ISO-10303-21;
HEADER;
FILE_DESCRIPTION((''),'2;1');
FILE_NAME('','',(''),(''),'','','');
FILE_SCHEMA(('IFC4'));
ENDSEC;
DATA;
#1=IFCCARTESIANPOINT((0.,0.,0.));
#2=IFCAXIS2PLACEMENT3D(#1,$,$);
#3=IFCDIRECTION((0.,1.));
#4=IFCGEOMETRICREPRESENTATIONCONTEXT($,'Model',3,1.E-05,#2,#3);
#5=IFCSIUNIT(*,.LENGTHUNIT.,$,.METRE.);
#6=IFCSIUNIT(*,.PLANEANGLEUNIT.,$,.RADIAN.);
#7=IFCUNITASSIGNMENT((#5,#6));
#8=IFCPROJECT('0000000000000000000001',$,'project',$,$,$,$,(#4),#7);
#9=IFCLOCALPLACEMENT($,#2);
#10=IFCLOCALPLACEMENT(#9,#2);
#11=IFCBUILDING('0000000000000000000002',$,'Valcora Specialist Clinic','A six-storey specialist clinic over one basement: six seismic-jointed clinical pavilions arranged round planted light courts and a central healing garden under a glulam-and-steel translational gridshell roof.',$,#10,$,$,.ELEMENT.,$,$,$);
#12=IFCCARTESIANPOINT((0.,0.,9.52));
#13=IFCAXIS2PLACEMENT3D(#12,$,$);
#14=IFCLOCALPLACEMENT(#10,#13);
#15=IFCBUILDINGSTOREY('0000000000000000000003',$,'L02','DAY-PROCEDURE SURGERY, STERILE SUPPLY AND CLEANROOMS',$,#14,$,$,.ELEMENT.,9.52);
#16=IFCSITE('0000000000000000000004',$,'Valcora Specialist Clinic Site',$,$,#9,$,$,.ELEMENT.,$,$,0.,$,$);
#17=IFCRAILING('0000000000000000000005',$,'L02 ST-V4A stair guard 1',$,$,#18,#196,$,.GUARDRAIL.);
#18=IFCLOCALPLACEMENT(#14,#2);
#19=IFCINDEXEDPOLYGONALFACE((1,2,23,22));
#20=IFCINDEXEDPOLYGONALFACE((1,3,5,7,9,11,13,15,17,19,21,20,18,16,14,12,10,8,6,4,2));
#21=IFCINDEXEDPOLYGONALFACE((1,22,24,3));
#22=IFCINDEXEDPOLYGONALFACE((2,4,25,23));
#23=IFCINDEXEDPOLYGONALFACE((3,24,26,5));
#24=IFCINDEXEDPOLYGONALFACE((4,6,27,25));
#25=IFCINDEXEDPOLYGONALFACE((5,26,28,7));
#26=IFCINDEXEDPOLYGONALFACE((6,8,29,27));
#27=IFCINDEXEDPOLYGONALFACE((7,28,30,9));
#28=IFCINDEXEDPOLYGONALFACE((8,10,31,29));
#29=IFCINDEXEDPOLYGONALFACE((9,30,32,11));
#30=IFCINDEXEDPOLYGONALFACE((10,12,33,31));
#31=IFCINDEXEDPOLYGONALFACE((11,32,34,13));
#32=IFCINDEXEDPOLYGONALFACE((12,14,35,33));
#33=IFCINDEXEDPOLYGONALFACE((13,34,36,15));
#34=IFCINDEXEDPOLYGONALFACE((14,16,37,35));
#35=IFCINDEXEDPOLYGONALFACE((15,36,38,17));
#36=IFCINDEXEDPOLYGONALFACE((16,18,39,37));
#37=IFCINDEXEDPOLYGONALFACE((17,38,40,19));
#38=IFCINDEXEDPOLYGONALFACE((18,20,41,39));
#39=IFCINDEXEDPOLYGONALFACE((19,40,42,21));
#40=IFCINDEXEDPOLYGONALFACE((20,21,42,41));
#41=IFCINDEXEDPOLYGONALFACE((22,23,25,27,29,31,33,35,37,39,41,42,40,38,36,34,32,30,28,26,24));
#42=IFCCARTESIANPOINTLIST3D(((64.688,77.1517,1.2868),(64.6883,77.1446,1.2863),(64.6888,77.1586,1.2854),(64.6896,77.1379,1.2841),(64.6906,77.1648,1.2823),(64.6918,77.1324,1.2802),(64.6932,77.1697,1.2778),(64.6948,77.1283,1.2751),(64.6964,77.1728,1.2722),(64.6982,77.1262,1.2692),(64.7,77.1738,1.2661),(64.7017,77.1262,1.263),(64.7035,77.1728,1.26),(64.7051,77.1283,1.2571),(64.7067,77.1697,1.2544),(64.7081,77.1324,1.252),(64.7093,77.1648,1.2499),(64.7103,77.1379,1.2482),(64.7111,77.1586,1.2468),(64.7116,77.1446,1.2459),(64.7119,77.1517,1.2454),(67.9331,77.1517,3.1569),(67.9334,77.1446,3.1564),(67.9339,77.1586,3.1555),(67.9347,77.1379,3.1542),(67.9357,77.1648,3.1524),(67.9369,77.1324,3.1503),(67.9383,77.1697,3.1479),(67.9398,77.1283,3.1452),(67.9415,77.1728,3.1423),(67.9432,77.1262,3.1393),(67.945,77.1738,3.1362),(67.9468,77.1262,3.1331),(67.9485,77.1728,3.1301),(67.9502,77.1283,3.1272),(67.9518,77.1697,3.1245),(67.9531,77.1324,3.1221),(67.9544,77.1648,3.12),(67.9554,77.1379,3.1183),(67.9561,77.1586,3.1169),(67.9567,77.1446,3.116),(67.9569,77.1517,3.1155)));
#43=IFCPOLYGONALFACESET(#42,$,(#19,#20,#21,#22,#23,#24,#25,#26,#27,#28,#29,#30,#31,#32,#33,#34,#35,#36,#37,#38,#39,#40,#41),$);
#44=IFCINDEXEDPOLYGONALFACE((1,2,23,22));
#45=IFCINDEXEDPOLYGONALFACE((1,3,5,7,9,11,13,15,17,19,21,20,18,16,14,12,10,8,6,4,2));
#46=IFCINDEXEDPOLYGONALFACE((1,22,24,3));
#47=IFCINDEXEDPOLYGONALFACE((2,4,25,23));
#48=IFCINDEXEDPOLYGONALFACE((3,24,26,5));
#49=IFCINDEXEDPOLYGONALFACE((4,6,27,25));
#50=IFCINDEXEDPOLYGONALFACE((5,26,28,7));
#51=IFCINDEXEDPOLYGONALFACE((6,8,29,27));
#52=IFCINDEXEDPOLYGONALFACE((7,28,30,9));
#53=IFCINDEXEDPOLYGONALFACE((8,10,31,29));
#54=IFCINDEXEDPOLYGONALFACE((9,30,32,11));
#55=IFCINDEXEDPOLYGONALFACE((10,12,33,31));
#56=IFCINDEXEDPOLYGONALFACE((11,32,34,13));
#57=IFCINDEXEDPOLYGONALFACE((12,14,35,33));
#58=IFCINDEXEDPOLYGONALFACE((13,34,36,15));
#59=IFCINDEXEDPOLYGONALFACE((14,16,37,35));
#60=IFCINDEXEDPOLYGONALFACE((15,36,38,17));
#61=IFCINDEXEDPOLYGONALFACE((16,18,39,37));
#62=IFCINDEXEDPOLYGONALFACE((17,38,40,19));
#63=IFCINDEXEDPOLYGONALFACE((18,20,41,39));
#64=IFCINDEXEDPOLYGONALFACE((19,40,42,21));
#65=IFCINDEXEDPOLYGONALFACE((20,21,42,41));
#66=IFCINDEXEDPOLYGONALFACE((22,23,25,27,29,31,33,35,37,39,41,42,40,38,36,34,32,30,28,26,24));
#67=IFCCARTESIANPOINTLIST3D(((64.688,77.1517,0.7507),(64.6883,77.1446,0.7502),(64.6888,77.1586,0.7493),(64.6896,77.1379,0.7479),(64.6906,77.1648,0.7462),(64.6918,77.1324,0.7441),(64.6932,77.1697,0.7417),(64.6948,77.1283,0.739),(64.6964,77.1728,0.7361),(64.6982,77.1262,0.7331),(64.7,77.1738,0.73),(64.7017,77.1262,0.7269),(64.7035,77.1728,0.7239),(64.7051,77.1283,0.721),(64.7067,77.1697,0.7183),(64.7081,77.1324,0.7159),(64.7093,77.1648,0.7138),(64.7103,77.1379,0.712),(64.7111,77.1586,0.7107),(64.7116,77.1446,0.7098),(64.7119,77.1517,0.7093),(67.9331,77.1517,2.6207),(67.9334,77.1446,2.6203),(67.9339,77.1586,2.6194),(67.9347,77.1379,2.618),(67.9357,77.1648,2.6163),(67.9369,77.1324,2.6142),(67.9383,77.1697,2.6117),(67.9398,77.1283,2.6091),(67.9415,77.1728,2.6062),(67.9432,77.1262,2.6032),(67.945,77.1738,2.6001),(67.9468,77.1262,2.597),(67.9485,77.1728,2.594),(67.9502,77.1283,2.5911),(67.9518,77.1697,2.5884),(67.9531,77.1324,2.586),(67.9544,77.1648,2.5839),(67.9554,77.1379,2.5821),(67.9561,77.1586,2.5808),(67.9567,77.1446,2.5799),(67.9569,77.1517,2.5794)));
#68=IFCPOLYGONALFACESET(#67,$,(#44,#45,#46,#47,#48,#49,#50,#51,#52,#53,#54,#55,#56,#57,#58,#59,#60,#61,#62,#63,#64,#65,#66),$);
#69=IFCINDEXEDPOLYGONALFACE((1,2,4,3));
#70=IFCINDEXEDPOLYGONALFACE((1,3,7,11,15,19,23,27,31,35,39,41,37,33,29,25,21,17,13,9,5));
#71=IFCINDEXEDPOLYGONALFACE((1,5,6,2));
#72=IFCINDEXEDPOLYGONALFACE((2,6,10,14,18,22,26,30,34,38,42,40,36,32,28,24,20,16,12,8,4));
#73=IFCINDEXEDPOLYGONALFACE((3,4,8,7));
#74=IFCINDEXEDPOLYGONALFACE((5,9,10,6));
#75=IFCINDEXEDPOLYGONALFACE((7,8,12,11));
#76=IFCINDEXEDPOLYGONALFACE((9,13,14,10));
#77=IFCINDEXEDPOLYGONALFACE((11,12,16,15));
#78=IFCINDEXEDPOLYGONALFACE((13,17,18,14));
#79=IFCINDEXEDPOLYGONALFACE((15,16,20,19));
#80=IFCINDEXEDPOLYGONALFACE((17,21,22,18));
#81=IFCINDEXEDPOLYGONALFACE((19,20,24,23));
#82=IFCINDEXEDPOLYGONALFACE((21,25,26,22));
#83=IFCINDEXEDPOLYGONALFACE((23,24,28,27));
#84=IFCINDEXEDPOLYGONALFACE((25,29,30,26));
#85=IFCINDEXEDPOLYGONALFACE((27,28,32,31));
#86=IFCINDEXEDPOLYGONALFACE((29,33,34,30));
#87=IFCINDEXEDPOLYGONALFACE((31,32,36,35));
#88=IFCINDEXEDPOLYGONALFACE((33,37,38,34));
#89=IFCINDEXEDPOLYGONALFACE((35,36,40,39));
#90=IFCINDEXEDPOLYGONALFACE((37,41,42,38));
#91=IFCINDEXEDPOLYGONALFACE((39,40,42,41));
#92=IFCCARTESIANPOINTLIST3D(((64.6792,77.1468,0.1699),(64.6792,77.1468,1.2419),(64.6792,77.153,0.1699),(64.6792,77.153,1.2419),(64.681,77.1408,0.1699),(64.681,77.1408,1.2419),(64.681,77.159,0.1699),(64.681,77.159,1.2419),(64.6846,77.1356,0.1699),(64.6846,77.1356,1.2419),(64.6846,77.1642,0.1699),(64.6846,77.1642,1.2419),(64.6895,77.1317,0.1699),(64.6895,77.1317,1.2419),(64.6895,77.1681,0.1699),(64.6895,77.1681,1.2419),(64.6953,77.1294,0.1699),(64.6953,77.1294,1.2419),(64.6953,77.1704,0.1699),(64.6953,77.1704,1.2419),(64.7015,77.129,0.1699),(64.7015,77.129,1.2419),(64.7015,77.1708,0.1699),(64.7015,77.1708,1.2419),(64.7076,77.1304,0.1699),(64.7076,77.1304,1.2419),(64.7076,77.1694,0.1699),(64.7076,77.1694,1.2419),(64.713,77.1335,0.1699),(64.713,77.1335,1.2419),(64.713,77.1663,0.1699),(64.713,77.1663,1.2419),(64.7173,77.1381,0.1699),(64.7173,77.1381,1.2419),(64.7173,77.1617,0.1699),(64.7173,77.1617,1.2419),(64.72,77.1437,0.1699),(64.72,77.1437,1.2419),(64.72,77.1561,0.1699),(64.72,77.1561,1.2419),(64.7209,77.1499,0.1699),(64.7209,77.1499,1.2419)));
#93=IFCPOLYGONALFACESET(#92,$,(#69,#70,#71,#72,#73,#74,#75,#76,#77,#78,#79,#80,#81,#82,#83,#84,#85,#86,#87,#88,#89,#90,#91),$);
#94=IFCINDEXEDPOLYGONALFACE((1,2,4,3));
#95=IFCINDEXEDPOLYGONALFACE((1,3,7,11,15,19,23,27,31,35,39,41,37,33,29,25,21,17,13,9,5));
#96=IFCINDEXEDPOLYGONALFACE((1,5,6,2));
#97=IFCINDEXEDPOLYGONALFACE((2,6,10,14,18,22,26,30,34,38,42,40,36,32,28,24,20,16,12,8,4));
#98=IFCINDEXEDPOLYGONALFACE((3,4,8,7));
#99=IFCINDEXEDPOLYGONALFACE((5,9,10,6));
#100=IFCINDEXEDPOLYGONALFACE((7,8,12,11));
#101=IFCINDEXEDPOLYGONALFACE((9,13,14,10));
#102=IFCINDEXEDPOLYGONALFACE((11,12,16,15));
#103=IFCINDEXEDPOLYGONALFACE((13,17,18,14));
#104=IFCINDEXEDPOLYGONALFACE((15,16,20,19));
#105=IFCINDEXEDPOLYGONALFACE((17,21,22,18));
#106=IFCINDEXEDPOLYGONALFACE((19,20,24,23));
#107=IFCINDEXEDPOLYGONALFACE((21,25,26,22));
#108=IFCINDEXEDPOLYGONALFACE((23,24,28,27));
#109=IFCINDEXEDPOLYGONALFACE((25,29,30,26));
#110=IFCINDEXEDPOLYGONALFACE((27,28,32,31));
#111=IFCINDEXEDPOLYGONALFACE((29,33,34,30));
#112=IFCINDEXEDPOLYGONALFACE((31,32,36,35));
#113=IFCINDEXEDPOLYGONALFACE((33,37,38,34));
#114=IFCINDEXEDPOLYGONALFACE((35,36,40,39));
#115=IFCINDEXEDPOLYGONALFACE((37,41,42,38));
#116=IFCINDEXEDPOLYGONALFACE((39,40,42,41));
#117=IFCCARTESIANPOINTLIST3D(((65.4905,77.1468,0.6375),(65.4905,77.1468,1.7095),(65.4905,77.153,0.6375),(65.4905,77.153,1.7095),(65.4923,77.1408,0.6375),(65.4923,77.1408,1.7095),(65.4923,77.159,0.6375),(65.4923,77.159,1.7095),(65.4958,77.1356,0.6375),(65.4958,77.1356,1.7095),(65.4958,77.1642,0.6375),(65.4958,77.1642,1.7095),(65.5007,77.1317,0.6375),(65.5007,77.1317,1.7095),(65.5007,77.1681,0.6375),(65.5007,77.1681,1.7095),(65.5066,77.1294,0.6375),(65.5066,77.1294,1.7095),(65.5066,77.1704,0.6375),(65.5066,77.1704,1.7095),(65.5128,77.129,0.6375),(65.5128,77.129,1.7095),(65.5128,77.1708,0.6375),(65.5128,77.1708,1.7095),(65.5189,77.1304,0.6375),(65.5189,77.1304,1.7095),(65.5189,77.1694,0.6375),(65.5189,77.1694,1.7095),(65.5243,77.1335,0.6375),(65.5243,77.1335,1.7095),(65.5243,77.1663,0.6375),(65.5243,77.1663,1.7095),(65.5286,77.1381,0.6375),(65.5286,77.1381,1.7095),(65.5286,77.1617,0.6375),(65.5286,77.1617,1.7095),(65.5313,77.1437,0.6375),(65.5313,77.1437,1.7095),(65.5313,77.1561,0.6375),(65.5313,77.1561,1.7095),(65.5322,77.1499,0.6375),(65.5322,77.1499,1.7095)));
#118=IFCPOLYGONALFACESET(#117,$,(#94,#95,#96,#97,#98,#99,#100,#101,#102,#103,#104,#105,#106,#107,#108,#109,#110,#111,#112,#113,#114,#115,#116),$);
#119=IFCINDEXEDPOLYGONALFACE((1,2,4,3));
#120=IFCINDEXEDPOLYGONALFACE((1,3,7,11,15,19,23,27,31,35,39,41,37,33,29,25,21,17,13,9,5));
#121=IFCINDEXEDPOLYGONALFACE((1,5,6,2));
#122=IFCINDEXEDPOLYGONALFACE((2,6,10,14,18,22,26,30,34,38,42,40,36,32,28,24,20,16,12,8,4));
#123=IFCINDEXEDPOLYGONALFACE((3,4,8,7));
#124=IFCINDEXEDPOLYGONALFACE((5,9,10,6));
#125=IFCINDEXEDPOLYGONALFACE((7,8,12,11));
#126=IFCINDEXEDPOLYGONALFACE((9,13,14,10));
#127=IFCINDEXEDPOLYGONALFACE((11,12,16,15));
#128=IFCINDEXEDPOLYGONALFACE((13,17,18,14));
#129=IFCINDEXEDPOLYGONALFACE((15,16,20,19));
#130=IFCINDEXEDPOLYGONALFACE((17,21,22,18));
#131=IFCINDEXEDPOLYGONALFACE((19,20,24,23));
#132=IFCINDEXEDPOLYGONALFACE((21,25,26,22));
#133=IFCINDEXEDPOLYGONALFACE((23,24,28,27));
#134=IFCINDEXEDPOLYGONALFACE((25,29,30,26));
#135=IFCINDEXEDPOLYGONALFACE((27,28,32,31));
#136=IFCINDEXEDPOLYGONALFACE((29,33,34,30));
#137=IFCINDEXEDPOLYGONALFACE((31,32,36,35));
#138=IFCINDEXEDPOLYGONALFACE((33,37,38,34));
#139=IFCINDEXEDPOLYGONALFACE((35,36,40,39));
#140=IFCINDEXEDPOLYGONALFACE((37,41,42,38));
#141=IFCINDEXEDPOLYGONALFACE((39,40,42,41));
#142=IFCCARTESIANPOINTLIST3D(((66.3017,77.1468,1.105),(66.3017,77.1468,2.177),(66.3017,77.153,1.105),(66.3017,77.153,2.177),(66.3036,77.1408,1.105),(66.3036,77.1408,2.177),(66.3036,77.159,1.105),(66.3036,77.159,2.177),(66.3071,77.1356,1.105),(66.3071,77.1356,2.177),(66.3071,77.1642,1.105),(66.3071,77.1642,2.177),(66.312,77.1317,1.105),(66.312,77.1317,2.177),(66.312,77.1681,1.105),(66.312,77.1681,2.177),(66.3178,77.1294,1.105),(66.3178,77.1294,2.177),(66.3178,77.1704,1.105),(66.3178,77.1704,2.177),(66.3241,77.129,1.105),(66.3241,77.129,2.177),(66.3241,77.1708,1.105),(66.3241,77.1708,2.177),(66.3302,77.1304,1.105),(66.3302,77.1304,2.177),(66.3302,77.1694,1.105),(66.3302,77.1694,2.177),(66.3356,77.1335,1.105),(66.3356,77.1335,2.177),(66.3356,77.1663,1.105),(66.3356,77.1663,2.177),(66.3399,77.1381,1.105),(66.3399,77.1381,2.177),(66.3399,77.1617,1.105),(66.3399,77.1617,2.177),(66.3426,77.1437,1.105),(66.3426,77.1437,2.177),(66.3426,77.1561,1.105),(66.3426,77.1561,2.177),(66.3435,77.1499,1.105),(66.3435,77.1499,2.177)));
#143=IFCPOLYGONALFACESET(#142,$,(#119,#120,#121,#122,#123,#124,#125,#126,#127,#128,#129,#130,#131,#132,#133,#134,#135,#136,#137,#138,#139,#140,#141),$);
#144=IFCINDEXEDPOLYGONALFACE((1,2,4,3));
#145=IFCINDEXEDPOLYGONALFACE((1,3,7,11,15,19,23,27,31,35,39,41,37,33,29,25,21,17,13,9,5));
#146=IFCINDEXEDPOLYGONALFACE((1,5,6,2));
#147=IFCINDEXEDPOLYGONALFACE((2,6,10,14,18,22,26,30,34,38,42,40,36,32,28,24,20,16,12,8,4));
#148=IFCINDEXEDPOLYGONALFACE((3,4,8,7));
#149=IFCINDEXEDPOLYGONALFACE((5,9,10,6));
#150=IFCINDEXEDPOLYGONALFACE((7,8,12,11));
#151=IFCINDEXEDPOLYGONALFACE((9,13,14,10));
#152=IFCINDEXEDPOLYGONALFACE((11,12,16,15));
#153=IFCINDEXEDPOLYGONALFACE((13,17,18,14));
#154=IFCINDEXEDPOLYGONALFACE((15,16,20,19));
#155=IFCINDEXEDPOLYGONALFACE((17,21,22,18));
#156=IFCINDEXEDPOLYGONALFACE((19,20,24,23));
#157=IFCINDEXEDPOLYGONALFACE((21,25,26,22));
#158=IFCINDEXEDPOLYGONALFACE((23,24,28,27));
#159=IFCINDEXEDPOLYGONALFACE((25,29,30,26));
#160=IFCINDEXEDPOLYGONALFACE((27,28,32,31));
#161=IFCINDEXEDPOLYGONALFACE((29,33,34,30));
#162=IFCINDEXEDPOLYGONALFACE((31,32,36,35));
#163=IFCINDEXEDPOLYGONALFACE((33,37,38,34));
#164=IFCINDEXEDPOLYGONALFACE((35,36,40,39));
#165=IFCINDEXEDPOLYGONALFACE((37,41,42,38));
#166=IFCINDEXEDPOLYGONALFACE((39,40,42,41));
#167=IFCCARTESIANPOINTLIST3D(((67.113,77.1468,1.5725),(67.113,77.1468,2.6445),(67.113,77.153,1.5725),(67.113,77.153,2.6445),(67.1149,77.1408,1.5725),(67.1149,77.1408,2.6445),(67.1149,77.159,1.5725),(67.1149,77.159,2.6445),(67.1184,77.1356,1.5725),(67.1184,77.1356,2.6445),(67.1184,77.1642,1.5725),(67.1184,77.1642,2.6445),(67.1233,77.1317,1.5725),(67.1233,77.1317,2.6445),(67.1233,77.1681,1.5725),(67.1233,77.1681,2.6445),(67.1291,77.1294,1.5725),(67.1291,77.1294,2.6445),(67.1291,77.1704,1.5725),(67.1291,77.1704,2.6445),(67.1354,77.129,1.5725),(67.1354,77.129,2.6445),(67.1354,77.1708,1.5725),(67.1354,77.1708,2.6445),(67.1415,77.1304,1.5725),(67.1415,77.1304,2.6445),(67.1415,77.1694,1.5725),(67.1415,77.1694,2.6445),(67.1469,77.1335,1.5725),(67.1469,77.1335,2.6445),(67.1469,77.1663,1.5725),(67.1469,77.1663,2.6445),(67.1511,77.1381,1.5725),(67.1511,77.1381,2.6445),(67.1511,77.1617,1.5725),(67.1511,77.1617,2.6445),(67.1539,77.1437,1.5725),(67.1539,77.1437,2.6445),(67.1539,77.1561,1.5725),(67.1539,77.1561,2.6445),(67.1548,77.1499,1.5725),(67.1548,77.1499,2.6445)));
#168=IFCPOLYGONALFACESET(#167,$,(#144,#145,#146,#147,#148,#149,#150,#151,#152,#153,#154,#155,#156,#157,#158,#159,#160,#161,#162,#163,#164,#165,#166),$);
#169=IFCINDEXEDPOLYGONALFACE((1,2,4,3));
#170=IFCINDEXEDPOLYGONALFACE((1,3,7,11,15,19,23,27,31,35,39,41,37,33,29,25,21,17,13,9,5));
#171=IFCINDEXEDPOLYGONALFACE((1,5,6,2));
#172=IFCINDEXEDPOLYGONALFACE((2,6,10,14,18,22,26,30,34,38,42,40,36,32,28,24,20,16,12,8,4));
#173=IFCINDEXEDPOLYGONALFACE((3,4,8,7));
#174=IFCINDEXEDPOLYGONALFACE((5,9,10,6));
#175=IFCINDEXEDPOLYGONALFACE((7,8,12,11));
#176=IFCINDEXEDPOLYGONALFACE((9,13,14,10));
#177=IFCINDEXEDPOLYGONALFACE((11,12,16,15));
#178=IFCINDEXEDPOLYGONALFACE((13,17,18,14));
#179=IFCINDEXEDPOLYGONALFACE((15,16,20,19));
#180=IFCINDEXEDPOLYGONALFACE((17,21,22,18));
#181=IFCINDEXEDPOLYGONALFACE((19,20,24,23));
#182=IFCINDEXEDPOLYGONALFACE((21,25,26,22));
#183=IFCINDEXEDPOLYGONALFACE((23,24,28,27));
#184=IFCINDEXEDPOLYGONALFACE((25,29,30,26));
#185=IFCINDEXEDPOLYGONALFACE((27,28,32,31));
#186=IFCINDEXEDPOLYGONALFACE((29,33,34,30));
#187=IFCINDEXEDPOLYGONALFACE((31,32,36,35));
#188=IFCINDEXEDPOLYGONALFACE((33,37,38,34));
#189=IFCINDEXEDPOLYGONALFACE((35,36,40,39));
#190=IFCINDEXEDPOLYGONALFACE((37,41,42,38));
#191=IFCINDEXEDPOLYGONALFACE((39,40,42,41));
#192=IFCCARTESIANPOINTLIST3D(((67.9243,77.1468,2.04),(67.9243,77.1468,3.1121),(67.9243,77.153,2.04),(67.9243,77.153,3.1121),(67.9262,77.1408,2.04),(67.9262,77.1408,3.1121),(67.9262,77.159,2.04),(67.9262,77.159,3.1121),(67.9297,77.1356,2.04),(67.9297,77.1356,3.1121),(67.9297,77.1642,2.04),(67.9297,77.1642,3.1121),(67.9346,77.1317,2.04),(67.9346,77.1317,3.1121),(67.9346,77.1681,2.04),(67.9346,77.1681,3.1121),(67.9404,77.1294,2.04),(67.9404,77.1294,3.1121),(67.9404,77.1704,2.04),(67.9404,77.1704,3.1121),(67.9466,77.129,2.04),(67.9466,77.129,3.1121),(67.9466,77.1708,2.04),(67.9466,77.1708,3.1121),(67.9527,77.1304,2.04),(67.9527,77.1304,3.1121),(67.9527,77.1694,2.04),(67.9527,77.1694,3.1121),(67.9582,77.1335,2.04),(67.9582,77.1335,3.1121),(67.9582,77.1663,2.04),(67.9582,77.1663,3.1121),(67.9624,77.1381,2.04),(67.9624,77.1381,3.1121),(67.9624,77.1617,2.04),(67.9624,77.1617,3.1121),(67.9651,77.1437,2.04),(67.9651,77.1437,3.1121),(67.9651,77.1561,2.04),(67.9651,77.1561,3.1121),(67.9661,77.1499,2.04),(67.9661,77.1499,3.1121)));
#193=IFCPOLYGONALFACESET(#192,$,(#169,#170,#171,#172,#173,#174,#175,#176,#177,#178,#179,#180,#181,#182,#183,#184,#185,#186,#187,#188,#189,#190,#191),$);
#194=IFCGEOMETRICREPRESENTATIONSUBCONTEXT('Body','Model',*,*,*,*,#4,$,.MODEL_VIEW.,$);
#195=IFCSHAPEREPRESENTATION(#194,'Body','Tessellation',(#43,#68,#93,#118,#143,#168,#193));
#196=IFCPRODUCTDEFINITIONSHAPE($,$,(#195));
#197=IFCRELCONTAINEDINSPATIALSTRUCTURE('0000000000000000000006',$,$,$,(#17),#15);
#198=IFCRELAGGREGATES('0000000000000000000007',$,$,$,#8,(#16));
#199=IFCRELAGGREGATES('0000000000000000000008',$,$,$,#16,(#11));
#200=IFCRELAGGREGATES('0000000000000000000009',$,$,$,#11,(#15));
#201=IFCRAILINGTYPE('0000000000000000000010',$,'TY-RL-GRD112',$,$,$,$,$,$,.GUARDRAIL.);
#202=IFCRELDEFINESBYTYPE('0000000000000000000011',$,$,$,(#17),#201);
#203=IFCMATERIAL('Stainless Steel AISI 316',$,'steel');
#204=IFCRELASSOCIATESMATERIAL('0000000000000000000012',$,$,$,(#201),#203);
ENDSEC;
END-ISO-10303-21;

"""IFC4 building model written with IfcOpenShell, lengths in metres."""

from ifc_helpers import new_model, si_unit, direction, frame, origin, origin_2d, place, context, subcontext, project, spatial, circle, extrude, material, type_object, element, save


model = new_model("IFC4")

# Units and contexts
model_context = context("Model", 3, precision=1e-05, world=origin(), true_north=direction((0.0, 1.0)))
body_context = subcontext(model_context, "Body", "Model", "MODEL_VIEW")
ifc_project = project(units=[si_unit("LENGTHUNIT", "METRE"), si_unit("PLANEANGLEUNIT", "RADIAN")], contexts=[model_context])

# Site, building, storey
site_placement = place(None, origin())
site = spatial("IfcSite", under=ifc_project, at=site_placement, Name="Valcora Specialist Clinic Site", CompositionType="ELEMENT", RefElevation=0.0)
building_placement = place(site_placement, origin())
building = spatial("IfcBuilding", under=site, at=building_placement, Name="Valcora Specialist Clinic", Description="A six-storey specialist clinic over one basement: six seismic-jointed clinical pavilions arranged round planted light courts and a central healing garden under a glulam-and-steel translational gridshell roof.", CompositionType="ELEMENT")
storey_placement = place(building_placement, frame((0.0, 0.0, 9.52)))
storey = spatial("IfcBuildingStorey", under=building, at=storey_placement, Name="L02", Description="DAY-PROCEDURE SURGERY, STERILE SUPPLY AND CLEANROOMS", CompositionType="ELEMENT", Elevation=9.52)

# Railing
ifc_material_1 = material(Name="Stainless Steel AISI 316", Category="steel")
railing_type_1 = type_object("IfcRailingType", Name="TY-RL-GRD112", PredefinedType="GUARDRAIL", material=ifc_material_1)
railing_1_placement = place(storey_placement, frame((64.7, 77.1499, 0.1699)))
element("IfcRailing", 1, at=railing_1_placement, inside=storey, type_object=railing_type_1, Name="L02 ST-V4A stair guard 1", PredefinedType="GUARDRAIL", context=body_context, shape_type="SweptSolid", body=[
    extrude(circle(Radius=0.0239, at=origin_2d()), frame((0.0, 0.0, 1.0962), z_axis=(0.866424, 0.0, 0.499309), x_axis=(0.0, 1.0, 0.0)), (0.0, 0.0, 1.0), 3.7454),
    extrude(circle(Radius=0.0239, at=origin_2d()), frame((0.0, 0.0, 0.5601), z_axis=(0.866424, 0.0, 0.499309), x_axis=(0.0, 1.0, 0.0)), (0.0, 0.0, 1.0), 3.7454),
    extrude(circle(Radius=0.021, at=origin_2d()), origin(), (0.0, 0.0, 1.0), 1.072),
    extrude(circle(Radius=0.021, at=origin_2d()), frame((0.8113, 0.0, 0.4675)), (0.0, 0.0, 1.0), 1.072),
    extrude(circle(Radius=0.021, at=origin_2d()), frame((1.6226, 0.0, 0.9351)), (0.0, 0.0, 1.0), 1.072),
    extrude(circle(Radius=0.021, at=origin_2d()), frame((2.4338, 0.0, 1.4026)), (0.0, 0.0, 1.0), 1.072),
    extrude(circle(Radius=0.021, at=origin_2d()), frame((3.2451, 0.0, 1.8701)), (0.0, 0.0, 1.0), 1.072),
])

save(model, "model.ifc")
